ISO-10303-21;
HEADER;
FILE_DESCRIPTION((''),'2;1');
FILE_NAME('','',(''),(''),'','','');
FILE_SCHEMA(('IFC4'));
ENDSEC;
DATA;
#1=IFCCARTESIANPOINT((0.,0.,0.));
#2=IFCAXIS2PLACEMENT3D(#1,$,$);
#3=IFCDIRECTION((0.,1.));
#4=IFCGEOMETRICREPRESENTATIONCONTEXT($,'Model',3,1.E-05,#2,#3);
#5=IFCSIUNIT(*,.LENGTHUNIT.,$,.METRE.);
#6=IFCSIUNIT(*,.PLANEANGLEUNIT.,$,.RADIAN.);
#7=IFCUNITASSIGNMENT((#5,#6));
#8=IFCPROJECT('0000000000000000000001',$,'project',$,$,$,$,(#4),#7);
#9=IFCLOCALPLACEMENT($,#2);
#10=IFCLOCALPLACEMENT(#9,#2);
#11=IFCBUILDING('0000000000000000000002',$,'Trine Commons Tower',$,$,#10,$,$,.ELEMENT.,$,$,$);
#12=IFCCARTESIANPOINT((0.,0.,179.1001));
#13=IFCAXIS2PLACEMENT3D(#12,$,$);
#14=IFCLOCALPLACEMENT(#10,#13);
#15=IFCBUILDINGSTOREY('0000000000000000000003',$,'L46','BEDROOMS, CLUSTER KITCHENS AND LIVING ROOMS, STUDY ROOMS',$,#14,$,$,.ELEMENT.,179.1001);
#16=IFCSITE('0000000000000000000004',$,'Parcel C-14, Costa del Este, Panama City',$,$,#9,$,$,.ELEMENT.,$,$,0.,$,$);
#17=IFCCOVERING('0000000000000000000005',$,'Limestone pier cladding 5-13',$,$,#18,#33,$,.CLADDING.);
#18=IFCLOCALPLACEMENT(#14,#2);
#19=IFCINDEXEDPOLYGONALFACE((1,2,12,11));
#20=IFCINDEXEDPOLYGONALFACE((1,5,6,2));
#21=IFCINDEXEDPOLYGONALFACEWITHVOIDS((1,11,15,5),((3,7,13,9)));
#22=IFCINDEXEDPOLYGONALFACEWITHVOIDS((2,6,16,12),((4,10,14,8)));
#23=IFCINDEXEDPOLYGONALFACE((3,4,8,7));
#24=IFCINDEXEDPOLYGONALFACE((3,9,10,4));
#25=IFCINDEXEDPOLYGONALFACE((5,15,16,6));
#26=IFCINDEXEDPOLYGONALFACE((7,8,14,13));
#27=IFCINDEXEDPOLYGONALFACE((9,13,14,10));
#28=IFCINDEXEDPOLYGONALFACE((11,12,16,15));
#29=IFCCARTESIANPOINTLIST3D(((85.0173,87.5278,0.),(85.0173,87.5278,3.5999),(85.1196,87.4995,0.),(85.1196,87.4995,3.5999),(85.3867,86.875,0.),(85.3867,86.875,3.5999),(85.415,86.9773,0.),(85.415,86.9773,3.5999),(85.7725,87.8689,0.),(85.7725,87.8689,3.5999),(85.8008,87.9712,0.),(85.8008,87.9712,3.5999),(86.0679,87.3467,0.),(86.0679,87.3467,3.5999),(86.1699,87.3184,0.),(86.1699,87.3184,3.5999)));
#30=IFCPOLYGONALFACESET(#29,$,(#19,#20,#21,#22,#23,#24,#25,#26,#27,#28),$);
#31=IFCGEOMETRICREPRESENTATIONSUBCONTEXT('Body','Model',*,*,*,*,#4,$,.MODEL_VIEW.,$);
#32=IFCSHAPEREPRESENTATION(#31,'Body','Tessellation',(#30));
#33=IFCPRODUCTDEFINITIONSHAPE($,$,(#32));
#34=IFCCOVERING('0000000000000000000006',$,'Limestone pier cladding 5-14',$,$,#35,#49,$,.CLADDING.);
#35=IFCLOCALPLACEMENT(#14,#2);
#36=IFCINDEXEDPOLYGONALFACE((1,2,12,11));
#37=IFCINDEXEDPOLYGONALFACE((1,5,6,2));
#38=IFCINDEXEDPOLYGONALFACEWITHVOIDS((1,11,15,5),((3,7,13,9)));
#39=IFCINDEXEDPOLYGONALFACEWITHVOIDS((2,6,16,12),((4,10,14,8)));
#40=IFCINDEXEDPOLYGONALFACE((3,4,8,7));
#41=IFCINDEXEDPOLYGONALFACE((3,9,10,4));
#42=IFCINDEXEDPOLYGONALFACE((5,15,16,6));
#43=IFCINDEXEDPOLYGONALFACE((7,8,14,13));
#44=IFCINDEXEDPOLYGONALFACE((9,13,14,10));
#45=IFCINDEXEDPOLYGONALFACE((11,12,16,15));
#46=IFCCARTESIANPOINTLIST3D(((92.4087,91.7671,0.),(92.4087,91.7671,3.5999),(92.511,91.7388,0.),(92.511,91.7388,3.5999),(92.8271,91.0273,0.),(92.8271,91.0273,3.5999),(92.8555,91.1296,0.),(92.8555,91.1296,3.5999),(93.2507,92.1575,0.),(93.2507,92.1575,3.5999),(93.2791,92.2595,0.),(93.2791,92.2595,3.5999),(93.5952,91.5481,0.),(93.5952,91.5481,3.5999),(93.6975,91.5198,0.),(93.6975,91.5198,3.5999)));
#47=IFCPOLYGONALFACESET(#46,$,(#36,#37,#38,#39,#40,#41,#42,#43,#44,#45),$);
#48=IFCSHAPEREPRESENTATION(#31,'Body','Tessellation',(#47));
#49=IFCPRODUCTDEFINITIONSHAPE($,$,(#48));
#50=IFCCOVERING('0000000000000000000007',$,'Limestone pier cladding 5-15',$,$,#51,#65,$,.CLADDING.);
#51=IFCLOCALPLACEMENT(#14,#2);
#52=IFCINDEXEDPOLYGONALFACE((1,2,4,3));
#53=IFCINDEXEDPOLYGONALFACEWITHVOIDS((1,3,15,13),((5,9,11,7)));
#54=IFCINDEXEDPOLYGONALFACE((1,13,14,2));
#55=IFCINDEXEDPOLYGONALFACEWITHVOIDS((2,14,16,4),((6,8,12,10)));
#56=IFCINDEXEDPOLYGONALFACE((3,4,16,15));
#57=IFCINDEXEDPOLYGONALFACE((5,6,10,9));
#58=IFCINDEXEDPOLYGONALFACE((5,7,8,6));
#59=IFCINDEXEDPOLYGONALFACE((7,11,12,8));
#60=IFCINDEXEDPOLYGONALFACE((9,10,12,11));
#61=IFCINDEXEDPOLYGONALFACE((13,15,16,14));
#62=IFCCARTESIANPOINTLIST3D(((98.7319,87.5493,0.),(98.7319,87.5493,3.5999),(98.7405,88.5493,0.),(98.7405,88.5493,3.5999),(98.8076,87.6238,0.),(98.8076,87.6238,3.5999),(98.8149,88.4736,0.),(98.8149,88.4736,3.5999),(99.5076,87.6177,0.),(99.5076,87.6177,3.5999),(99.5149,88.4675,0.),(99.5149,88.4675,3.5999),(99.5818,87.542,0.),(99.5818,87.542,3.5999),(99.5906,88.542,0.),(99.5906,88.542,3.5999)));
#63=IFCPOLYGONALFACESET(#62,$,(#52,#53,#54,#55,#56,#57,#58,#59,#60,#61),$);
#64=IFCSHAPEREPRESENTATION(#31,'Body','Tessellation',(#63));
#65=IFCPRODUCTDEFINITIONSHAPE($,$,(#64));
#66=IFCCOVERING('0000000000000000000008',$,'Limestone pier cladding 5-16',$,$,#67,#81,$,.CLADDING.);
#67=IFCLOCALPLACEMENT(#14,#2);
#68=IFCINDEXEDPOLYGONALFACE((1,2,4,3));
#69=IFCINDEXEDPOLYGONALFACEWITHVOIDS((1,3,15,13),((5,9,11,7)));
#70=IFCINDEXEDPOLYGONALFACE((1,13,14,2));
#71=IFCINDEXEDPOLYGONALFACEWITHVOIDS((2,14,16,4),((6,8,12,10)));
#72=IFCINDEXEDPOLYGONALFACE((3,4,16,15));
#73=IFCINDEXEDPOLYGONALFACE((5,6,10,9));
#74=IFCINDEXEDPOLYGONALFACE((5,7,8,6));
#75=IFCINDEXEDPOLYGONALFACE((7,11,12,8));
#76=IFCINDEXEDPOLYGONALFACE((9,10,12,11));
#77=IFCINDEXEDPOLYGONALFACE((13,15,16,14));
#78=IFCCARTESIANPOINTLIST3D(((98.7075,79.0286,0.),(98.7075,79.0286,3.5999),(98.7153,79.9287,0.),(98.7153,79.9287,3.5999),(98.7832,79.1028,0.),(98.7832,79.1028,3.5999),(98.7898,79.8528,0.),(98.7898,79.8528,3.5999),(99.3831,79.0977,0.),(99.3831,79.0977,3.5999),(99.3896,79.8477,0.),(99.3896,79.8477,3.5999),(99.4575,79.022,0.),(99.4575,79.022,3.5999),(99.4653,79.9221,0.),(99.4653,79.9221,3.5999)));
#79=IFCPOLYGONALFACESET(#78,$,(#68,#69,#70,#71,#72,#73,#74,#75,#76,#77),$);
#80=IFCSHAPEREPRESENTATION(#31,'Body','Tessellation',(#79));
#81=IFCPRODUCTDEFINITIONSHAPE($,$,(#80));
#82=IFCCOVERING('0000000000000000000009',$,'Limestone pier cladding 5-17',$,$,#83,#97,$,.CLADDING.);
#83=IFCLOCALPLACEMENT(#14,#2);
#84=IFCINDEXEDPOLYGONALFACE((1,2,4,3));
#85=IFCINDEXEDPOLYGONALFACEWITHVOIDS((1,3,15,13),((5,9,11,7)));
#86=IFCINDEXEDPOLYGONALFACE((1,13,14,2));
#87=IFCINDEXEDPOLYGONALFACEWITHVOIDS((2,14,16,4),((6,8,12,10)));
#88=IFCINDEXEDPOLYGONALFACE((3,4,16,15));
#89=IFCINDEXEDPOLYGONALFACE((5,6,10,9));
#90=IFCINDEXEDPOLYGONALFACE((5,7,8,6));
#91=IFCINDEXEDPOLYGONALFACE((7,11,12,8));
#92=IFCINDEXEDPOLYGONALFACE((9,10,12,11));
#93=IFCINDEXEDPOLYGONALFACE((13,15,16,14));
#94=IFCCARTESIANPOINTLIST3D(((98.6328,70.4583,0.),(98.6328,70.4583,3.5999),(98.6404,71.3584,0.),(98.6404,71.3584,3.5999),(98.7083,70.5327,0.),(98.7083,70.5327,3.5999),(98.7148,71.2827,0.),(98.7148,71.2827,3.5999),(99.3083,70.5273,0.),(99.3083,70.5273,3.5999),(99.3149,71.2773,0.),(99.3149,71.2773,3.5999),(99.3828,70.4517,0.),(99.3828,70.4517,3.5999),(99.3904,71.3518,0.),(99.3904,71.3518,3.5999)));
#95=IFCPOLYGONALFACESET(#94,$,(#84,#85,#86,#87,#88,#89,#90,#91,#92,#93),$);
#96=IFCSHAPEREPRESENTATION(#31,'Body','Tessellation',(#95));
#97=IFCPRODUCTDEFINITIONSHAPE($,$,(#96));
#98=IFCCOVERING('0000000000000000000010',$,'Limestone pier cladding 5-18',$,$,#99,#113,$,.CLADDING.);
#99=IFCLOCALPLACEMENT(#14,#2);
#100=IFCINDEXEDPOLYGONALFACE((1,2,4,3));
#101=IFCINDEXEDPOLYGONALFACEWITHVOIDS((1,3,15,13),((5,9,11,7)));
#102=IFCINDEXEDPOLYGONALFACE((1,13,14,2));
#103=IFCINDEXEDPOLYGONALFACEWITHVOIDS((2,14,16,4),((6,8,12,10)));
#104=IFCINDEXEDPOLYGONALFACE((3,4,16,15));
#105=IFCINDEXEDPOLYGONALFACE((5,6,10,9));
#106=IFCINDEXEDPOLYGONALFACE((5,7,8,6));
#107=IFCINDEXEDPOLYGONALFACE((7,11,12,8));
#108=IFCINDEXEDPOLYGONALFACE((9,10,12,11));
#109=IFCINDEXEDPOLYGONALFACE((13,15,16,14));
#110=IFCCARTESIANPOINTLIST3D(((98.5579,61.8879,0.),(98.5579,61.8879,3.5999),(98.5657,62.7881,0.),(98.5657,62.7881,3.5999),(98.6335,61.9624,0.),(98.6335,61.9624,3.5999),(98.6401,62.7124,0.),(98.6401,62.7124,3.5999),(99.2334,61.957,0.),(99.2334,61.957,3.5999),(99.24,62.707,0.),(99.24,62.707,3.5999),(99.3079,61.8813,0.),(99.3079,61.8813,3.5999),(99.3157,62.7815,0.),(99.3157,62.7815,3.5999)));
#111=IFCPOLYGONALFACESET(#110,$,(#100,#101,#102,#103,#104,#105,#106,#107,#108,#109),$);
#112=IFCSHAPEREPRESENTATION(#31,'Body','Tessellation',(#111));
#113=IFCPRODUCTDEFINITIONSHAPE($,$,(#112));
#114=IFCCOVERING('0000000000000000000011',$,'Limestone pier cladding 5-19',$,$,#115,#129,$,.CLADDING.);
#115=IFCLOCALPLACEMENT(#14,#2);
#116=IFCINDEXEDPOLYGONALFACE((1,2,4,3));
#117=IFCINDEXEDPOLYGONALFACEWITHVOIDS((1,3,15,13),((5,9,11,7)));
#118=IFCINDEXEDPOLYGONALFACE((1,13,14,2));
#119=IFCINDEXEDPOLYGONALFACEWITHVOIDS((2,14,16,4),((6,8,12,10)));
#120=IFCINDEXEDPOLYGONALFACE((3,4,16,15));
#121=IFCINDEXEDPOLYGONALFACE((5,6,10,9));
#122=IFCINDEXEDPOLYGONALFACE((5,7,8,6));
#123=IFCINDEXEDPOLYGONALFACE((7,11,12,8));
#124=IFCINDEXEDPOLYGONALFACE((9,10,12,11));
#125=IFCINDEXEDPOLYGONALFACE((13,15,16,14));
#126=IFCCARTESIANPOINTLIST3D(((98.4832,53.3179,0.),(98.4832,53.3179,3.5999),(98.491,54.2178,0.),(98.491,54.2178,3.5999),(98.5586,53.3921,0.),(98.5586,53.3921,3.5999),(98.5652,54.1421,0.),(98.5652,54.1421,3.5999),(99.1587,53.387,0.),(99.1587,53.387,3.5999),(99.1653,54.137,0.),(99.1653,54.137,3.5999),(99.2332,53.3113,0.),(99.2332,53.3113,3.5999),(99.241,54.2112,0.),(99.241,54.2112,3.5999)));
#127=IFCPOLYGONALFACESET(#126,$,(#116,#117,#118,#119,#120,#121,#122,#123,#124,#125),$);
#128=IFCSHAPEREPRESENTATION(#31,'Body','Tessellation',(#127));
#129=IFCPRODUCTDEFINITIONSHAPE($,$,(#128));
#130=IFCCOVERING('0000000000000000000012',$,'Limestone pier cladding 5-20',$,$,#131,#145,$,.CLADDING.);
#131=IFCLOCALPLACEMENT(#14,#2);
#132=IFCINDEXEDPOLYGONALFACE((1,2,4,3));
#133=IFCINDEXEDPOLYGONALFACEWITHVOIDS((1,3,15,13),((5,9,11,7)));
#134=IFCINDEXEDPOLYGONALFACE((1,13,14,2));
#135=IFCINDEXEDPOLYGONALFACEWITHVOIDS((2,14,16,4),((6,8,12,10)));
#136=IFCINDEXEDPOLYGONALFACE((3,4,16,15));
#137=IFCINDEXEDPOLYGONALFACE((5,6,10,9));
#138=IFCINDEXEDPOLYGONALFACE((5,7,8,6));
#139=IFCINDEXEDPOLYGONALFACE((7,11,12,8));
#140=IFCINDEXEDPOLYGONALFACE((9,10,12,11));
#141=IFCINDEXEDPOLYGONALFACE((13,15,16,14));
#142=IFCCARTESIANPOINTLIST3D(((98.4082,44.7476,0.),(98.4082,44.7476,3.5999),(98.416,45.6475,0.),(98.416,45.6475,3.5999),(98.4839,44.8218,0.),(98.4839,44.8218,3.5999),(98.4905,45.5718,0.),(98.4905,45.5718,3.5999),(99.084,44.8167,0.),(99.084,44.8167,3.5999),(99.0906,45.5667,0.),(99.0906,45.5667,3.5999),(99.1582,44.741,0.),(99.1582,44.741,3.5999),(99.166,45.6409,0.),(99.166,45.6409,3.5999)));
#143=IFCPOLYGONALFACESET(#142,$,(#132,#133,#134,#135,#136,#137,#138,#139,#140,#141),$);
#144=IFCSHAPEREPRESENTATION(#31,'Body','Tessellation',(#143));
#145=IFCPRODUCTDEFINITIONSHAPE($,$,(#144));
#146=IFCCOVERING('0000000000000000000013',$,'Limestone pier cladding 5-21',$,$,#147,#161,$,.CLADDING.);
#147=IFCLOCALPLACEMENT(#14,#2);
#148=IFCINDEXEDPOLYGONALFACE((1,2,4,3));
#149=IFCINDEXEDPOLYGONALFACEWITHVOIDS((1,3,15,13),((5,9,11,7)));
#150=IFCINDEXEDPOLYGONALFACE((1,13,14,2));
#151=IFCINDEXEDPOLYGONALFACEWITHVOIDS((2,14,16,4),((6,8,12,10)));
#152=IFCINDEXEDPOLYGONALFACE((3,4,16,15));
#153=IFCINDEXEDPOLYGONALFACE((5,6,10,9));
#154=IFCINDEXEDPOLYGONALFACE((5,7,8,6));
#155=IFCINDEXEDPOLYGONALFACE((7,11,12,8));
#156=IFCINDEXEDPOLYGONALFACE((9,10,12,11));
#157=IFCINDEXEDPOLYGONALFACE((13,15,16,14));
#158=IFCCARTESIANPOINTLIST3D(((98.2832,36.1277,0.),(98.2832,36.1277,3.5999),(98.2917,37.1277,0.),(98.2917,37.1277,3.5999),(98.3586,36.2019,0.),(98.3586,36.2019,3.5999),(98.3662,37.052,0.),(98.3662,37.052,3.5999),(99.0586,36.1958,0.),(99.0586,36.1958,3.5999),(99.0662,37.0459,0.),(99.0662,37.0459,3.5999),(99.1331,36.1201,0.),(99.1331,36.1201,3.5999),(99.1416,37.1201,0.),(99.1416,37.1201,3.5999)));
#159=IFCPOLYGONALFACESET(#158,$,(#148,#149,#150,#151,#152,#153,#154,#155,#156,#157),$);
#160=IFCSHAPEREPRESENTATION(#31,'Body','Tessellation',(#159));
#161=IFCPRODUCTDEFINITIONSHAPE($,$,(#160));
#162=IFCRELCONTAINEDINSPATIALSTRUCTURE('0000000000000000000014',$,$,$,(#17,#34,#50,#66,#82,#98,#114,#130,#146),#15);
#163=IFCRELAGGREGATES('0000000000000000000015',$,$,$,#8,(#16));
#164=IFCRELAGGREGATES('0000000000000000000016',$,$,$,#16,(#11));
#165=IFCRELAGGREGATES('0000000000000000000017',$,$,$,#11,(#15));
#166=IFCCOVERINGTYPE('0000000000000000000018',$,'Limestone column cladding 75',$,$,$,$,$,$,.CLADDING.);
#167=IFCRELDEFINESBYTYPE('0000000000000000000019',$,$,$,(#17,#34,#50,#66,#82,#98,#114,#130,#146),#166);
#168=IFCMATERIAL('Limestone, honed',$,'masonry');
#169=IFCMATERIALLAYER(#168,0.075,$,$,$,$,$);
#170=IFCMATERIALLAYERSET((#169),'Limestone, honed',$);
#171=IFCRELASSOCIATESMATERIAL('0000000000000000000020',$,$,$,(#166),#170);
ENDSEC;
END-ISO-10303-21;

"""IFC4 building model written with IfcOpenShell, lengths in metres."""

from ifc_helpers import new_model, si_unit, direction, frame, origin, place, context, subcontext, project, spatial, polyline, outline, extrude, material, layer, layer_set, type_object, element, save


model = new_model("IFC4")

# Units and contexts
model_context = context("Model", 3, precision=1e-05, world=origin(), true_north=direction((0.0, 1.0)))
body_context = subcontext(model_context, "Body", "Model", "MODEL_VIEW")
ifc_project = project(units=[si_unit("LENGTHUNIT", "METRE"), si_unit("PLANEANGLEUNIT", "RADIAN")], contexts=[model_context])

# Site, building, storey
site_placement = place(None, origin())
site = spatial("IfcSite", under=ifc_project, at=site_placement, Name="Parcel C-14, Costa del Este, Panama City", CompositionType="ELEMENT", RefElevation=0.0)
building_placement = place(site_placement, origin())
building = spatial("IfcBuilding", under=site, at=building_placement, Name="Trine Commons Tower", CompositionType="ELEMENT")
storey_placement = place(building_placement, frame((0.0, 0.0, 179.1001)))
storey = spatial("IfcBuildingStorey", under=building, at=storey_placement, Name="L46", Description="BEDROOMS, CLUSTER KITCHENS AND LIVING ROOMS, STUDY ROOMS", CompositionType="ELEMENT", Elevation=179.1001)

# Coverings
ifc_material_1 = material(Name="Limestone, honed", Category="masonry")
ifc_layer_1 = layer(ifc_material_1, 0.075)
ifc_layer_set_1 = layer_set([ifc_layer_1], Name="Limestone, honed")
covering_type_1 = type_object("IfcCoveringType", Name="Limestone column cladding 75", PredefinedType="CLADDING", material=ifc_layer_set_1)
covering_1_placement = place(storey_placement, origin())
element("IfcCovering", 1, at=covering_1_placement, inside=storey, type_object=covering_type_1, Name="Limestone pier cladding 5-13", PredefinedType="CLADDING", context=body_context, shape_type="SweptSolid", body=[
    extrude(outline(polyline([(86.1699, 87.3184), (85.8008, 87.9712), (85.0173, 87.5278), (85.3867, 86.875), (86.1699, 87.3184)]), holes=[polyline([(86.0679, 87.3467), (85.7725, 87.8689), (85.1196, 87.4995), (85.415, 86.9773), (86.0679, 87.3467)])]), origin(), (0.0, 0.0, 1.0), 3.5999),
])
covering_2_placement = place(storey_placement, origin())
element("IfcCovering", 2, at=covering_2_placement, inside=storey, type_object=covering_type_1, Name="Limestone pier cladding 5-14", PredefinedType="CLADDING", context=body_context, shape_type="SweptSolid", body=[
    extrude(outline(polyline([(93.6975, 91.5198), (93.2791, 92.2595), (92.4087, 91.7671), (92.8271, 91.0273), (93.6975, 91.5198)]), holes=[polyline([(93.5952, 91.5481), (93.2507, 92.1575), (92.511, 91.7388), (92.8555, 91.1296), (93.5952, 91.5481)])]), origin(), (0.0, 0.0, 1.0), 3.5999),
])
covering_3_placement = place(storey_placement, origin())
element("IfcCovering", 3, at=covering_3_placement, inside=storey, type_object=covering_type_1, Name="Limestone pier cladding 5-15", PredefinedType="CLADDING", context=body_context, shape_type="SweptSolid", body=[
    extrude(outline(polyline([(99.5906, 88.542), (98.7405, 88.5493), (98.7319, 87.5493), (99.5818, 87.542), (99.5906, 88.542)]), holes=[polyline([(99.5149, 88.4675), (98.8149, 88.4736), (98.8076, 87.6238), (99.5076, 87.6177), (99.5149, 88.4675)])]), origin(), (0.0, 0.0, 1.0), 3.5999),
])
covering_4_placement = place(storey_placement, origin())
element("IfcCovering", 4, at=covering_4_placement, inside=storey, type_object=covering_type_1, Name="Limestone pier cladding 5-16", PredefinedType="CLADDING", context=body_context, shape_type="SweptSolid", body=[
    extrude(outline(polyline([(99.4653, 79.9221), (98.7153, 79.9287), (98.7075, 79.0286), (99.4575, 79.022), (99.4653, 79.9221)]), holes=[polyline([(99.3896, 79.8477), (98.7898, 79.8528), (98.7832, 79.1028), (99.3831, 79.0977), (99.3896, 79.8477)])]), origin(), (0.0, 0.0, 1.0), 3.5999),
])
covering_5_placement = place(storey_placement, origin())
element("IfcCovering", 5, at=covering_5_placement, inside=storey, type_object=covering_type_1, Name="Limestone pier cladding 5-17", PredefinedType="CLADDING", context=body_context, shape_type="SweptSolid", body=[
    extrude(outline(polyline([(99.3904, 71.3518), (98.6404, 71.3584), (98.6328, 70.4583), (99.3828, 70.4517), (99.3904, 71.3518)]), holes=[polyline([(99.3149, 71.2773), (98.7148, 71.2827), (98.7083, 70.5327), (99.3083, 70.5273), (99.3149, 71.2773)])]), origin(), (0.0, 0.0, 1.0), 3.5999),
])
covering_6_placement = place(storey_placement, origin())
element("IfcCovering", 6, at=covering_6_placement, inside=storey, type_object=covering_type_1, Name="Limestone pier cladding 5-18", PredefinedType="CLADDING", context=body_context, shape_type="SweptSolid", body=[
    extrude(outline(polyline([(99.3157, 62.7815), (98.5657, 62.7881), (98.5579, 61.8879), (99.3079, 61.8813), (99.3157, 62.7815)]), holes=[polyline([(99.24, 62.707), (98.6401, 62.7124), (98.6335, 61.9624), (99.2334, 61.957), (99.24, 62.707)])]), origin(), (0.0, 0.0, 1.0), 3.5999),
])
covering_7_placement = place(storey_placement, origin())
element("IfcCovering", 7, at=covering_7_placement, inside=storey, type_object=covering_type_1, Name="Limestone pier cladding 5-19", PredefinedType="CLADDING", context=body_context, shape_type="SweptSolid", body=[
    extrude(outline(polyline([(99.241, 54.2112), (98.491, 54.2178), (98.4832, 53.3179), (99.2332, 53.3113), (99.241, 54.2112)]), holes=[polyline([(99.1653, 54.137), (98.5652, 54.1421), (98.5586, 53.3921), (99.1587, 53.387), (99.1653, 54.137)])]), origin(), (0.0, 0.0, 1.0), 3.5999),
])
covering_8_placement = place(storey_placement, origin())
element("IfcCovering", 8, at=covering_8_placement, inside=storey, type_object=covering_type_1, Name="Limestone pier cladding 5-20", PredefinedType="CLADDING", context=body_context, shape_type="SweptSolid", body=[
    extrude(outline(polyline([(99.166, 45.6409), (98.416, 45.6475), (98.4082, 44.7476), (99.1582, 44.741), (99.166, 45.6409)]), holes=[polyline([(99.0906, 45.5667), (98.4905, 45.5718), (98.4839, 44.8218), (99.084, 44.8167), (99.0906, 45.5667)])]), origin(), (0.0, 0.0, 1.0), 3.5999),
])
covering_9_placement = place(storey_placement, origin())
element("IfcCovering", 9, at=covering_9_placement, inside=storey, type_object=covering_type_1, Name="Limestone pier cladding 5-21", PredefinedType="CLADDING", context=body_context, shape_type="SweptSolid", body=[
    extrude(outline(polyline([(99.1416, 37.1201), (98.2917, 37.1277), (98.2832, 36.1277), (99.1331, 36.1201), (99.1416, 37.1201)]), holes=[polyline([(99.0662, 37.0459), (98.3662, 37.052), (98.3586, 36.2019), (99.0586, 36.1958), (99.0662, 37.0459)])]), origin(), (0.0, 0.0, 1.0), 3.5999),
])

save(model, "model.ifc")
